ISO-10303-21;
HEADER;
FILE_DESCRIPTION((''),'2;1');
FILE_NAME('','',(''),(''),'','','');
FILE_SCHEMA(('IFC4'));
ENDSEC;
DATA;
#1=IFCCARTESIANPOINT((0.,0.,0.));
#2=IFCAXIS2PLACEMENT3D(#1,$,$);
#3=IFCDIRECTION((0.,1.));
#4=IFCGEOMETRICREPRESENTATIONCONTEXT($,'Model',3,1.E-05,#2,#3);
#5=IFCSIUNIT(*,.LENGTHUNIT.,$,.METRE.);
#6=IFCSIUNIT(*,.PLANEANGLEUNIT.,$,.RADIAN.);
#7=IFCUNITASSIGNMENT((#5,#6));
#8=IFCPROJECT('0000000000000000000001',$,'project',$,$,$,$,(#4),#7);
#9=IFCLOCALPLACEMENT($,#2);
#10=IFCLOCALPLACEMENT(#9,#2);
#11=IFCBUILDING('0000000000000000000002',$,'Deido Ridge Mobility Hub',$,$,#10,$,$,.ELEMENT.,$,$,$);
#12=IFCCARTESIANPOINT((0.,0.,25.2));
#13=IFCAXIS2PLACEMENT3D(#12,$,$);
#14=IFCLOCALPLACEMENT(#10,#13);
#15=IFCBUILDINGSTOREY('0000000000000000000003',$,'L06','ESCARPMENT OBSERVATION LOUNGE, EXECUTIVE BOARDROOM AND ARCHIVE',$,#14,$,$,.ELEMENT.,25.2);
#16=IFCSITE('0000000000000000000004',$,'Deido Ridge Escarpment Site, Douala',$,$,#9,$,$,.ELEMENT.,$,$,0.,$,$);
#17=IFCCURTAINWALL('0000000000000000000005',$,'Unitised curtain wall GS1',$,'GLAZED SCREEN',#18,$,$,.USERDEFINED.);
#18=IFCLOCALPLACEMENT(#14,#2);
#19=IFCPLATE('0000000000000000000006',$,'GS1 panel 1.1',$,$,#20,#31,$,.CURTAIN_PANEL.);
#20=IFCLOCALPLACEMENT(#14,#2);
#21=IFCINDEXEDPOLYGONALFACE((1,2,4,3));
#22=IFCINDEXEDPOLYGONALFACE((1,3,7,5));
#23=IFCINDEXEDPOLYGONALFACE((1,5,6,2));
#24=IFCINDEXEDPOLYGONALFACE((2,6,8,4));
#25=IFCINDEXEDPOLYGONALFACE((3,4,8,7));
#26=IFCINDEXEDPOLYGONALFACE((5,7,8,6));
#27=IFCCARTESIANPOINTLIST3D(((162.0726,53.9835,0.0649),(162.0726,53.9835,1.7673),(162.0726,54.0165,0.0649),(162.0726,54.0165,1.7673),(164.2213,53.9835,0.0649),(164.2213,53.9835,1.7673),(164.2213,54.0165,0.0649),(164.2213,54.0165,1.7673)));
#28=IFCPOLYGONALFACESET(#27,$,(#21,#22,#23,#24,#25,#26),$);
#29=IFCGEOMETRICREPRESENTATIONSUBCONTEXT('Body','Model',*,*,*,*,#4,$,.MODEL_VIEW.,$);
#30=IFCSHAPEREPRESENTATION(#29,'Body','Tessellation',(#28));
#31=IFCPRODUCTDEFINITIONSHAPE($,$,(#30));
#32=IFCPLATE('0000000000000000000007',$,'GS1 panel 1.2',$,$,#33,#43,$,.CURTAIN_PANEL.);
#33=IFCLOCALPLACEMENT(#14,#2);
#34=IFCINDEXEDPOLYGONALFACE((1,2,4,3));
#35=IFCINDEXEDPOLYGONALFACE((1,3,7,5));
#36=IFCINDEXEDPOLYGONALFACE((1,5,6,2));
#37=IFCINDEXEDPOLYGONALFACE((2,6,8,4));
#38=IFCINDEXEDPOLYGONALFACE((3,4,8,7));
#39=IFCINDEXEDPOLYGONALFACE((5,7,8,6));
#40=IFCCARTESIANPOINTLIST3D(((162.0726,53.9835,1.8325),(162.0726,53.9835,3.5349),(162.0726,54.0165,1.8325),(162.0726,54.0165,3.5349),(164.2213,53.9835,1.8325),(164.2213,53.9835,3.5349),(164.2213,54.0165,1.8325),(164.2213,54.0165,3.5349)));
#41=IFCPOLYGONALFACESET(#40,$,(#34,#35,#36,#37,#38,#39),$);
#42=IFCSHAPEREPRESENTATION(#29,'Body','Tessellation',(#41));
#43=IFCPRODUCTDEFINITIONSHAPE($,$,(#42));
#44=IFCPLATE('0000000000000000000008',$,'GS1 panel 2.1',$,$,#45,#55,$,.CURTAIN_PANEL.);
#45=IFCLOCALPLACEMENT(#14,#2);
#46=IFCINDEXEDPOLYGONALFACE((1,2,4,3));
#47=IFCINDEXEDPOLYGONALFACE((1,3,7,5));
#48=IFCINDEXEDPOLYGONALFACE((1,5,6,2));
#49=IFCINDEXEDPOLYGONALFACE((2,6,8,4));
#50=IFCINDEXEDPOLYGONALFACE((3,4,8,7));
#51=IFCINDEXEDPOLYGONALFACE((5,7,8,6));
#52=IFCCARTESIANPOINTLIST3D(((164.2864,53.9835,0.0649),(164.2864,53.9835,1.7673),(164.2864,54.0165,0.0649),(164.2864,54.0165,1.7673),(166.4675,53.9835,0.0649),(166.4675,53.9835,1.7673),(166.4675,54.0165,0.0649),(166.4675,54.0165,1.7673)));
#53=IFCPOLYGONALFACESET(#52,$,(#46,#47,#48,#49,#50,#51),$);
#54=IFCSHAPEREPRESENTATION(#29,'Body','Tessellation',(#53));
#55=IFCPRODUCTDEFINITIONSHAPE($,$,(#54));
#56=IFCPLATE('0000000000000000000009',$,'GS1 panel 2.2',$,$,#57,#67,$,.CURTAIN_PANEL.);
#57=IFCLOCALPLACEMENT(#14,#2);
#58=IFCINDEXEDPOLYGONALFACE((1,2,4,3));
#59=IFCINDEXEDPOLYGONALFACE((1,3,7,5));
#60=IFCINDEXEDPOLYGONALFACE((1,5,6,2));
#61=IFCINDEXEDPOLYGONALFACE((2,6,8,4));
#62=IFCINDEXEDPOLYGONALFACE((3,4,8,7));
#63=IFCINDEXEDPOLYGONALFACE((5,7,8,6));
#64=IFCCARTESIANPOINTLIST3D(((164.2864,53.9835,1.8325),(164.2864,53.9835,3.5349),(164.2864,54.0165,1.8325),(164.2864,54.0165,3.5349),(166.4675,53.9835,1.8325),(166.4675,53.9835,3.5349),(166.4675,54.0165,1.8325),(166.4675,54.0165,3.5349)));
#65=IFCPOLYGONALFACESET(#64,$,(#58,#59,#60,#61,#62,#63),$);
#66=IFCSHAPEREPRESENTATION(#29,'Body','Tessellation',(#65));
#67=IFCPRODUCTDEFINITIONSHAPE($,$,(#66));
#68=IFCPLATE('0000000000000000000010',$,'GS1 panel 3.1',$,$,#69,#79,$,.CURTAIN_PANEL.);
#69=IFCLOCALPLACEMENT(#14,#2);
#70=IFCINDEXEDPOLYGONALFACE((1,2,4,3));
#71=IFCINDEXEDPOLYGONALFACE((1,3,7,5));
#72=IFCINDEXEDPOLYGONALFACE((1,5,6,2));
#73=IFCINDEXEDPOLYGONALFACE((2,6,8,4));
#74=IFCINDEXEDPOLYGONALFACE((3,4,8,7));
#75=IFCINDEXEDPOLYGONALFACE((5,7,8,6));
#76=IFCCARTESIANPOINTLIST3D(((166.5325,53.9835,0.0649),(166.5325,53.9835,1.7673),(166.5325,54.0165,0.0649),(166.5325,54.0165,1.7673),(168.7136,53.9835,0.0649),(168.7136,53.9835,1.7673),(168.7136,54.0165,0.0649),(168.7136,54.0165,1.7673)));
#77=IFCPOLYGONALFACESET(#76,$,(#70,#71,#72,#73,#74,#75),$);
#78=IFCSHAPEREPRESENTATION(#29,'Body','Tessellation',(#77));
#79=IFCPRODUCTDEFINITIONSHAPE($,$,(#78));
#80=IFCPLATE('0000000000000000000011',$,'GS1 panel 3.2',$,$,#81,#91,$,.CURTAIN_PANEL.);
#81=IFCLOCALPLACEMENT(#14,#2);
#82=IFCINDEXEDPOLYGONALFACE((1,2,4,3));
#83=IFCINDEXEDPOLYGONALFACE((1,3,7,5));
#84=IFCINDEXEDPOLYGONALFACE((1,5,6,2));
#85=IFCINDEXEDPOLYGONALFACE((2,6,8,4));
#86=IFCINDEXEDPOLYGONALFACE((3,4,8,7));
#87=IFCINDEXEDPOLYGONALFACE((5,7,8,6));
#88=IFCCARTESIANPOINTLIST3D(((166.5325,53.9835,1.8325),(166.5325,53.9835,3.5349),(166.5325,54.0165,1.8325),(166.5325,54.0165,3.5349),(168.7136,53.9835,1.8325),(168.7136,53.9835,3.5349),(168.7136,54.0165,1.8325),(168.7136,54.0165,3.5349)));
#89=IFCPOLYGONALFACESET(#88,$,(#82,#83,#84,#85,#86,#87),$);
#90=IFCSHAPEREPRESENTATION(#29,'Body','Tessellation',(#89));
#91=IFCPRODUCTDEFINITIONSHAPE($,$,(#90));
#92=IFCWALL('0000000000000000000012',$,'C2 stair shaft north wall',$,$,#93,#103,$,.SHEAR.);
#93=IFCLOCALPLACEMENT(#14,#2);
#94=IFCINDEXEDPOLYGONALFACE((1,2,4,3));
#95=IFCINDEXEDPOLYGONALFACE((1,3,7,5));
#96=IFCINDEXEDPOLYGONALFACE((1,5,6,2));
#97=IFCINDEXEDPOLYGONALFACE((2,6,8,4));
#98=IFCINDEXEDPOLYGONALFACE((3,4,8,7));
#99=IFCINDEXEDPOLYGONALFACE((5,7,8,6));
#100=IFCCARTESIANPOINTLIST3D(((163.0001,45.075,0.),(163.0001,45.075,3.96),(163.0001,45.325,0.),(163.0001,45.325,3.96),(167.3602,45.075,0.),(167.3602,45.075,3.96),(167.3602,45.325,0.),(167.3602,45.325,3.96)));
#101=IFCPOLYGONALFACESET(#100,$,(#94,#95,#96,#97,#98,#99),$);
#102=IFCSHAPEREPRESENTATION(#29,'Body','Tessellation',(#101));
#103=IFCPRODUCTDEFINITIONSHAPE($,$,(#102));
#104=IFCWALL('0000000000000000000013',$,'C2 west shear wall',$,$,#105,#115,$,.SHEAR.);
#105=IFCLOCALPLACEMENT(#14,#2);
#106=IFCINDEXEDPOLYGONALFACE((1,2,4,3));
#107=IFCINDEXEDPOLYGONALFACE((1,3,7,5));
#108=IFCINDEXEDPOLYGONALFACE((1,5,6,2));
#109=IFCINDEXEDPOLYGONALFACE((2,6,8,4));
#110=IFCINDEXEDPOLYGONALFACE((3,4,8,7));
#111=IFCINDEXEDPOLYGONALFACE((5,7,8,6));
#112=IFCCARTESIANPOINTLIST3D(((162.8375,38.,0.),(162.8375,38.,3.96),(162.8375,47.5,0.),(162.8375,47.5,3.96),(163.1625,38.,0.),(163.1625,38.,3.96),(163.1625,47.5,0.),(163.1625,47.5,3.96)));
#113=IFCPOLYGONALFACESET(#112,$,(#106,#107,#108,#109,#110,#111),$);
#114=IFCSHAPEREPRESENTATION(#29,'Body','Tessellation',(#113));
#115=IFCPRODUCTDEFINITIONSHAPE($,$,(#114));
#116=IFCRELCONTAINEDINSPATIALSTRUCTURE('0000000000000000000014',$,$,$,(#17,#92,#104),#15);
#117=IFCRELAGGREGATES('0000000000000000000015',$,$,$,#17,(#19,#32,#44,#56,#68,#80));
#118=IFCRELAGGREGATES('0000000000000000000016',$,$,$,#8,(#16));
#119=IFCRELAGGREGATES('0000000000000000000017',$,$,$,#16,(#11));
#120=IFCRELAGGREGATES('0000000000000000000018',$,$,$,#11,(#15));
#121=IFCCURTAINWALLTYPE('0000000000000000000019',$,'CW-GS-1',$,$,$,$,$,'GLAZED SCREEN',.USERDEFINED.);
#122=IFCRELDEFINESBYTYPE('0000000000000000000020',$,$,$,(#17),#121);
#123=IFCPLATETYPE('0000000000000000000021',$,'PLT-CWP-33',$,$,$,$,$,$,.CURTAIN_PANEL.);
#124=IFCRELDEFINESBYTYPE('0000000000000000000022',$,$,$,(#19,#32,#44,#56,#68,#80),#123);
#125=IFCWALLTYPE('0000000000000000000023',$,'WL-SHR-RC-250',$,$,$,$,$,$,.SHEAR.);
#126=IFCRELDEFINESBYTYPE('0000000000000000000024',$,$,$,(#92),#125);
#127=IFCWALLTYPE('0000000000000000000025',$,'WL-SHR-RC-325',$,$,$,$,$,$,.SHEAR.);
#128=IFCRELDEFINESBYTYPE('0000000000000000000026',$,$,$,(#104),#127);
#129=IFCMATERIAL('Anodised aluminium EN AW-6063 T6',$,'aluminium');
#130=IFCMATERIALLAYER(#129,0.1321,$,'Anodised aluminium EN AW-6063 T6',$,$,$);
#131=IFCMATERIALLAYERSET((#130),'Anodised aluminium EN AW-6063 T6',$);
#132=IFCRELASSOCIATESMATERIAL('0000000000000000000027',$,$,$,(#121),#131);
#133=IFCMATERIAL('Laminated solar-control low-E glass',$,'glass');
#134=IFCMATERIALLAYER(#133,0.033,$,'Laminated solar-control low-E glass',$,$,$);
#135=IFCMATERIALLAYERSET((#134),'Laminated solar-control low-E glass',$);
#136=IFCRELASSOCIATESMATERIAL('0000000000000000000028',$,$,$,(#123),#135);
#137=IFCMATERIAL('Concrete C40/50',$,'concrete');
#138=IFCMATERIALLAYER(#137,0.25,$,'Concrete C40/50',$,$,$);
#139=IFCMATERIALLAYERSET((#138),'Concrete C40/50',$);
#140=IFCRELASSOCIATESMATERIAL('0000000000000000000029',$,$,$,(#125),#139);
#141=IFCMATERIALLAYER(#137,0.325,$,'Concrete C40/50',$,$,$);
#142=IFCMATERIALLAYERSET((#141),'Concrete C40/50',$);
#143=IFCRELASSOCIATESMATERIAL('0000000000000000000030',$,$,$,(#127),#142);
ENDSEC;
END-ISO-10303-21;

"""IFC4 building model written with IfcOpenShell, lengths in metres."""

from ifc_helpers import new_model, si_unit, direction, frame, frame_2d, origin, origin_2d, place, context, subcontext, project, spatial, rectangle, extrude, material, layer, layer_set, type_object, element, aggregate, save


model = new_model("IFC4")

# Units and contexts
model_context = context("Model", 3, precision=1e-05, world=origin(), true_north=direction((0.0, 1.0)))
body_context = subcontext(model_context, "Body", "Model", "MODEL_VIEW")
ifc_project = project(units=[si_unit("LENGTHUNIT", "METRE"), si_unit("PLANEANGLEUNIT", "RADIAN")], contexts=[model_context])

# Site, building, storey
site_placement = place(None, origin())
site = spatial("IfcSite", under=ifc_project, at=site_placement, Name="Deido Ridge Escarpment Site, Douala", CompositionType="ELEMENT", RefElevation=0.0)
building_placement = place(site_placement, origin())
building = spatial("IfcBuilding", under=site, at=building_placement, Name="Deido Ridge Mobility Hub", CompositionType="ELEMENT")
storey_placement = place(building_placement, frame((0.0, 0.0, 25.2)))
storey = spatial("IfcBuildingStorey", under=building, at=storey_placement, Name="L06", Description="ESCARPMENT OBSERVATION LOUNGE, EXECUTIVE BOARDROOM AND ARCHIVE", CompositionType="ELEMENT", Elevation=25.2)

# Curtain wall
ifc_material_1 = material(Name="Anodised aluminium EN AW-6063 T6", Category="aluminium")
ifc_layer_1 = layer(ifc_material_1, 0.1321, Name="Anodised aluminium EN AW-6063 T6")
ifc_layer_set_1 = layer_set([ifc_layer_1], Name="Anodised aluminium EN AW-6063 T6")
curtain_wall_type = type_object("IfcCurtainWallType", Name="CW-GS-1", ElementType="GLAZED SCREEN", PredefinedType="USERDEFINED", material=ifc_layer_set_1)
curtain_wall_placement = place(storey_placement, origin())
curtain_wall = element("IfcCurtainWall", 1, at=curtain_wall_placement, inside=storey, type_object=curtain_wall_type, Name="Unitised curtain wall GS1", ObjectType="GLAZED SCREEN", PredefinedType="USERDEFINED")

# Plates
ifc_material_2 = material(Name="Laminated solar-control low-E glass", Category="glass")
ifc_layer_2 = layer(ifc_material_2, 0.033, Name="Laminated solar-control low-E glass")
ifc_layer_set_2 = layer_set([ifc_layer_2], Name="Laminated solar-control low-E glass")
plate_type = type_object("IfcPlateType", Name="PLT-CWP-33", PredefinedType="CURTAIN_PANEL", material=ifc_layer_set_2)
plate_1_placement = place(storey_placement, frame((163.147, 54.0, 0.0649), z_axis=(0.0, 0.0, 1.0), x_axis=(1.0, 0.0, 0.0)))
plate_1 = element("IfcPlate", 2, at=plate_1_placement, type_object=plate_type, Name="GS1 panel 1.1", PredefinedType="CURTAIN_PANEL", context=body_context, shape_type="SweptSolid", body=[
    extrude(rectangle(XDim=2.1487, YDim=0.033, at=origin_2d()), origin(), (0.0, 0.0, 1.0), 1.7024),
])
plate_2_placement = place(storey_placement, frame((163.147, 54.0, 1.8325), z_axis=(0.0, 0.0, 1.0), x_axis=(1.0, 0.0, 0.0)))
plate_2 = element("IfcPlate", 3, at=plate_2_placement, type_object=plate_type, Name="GS1 panel 1.2", PredefinedType="CURTAIN_PANEL", context=body_context, shape_type="SweptSolid", body=[
    extrude(rectangle(XDim=2.1487, YDim=0.033, at=origin_2d()), origin(), (0.0, 0.0, 1.0), 1.7024),
])
plate_3_placement = place(storey_placement, frame((165.377, 54.0, 0.0649), z_axis=(0.0, 0.0, 1.0), x_axis=(1.0, 0.0, 0.0)))
plate_3 = element("IfcPlate", 4, at=plate_3_placement, type_object=plate_type, Name="GS1 panel 2.1", PredefinedType="CURTAIN_PANEL", context=body_context, shape_type="SweptSolid", body=[
    extrude(rectangle(XDim=2.1812, YDim=0.033, at=origin_2d()), origin(), (0.0, 0.0, 1.0), 1.7024),
])
plate_4_placement = place(storey_placement, frame((165.377, 54.0, 1.8325), z_axis=(0.0, 0.0, 1.0), x_axis=(1.0, 0.0, 0.0)))
plate_4 = element("IfcPlate", 5, at=plate_4_placement, type_object=plate_type, Name="GS1 panel 2.2", PredefinedType="CURTAIN_PANEL", context=body_context, shape_type="SweptSolid", body=[
    extrude(rectangle(XDim=2.1812, YDim=0.033, at=origin_2d()), origin(), (0.0, 0.0, 1.0), 1.7024),
])
plate_5_placement = place(storey_placement, frame((167.623, 54.0, 0.0649), z_axis=(0.0, 0.0, 1.0), x_axis=(1.0, 0.0, 0.0)))
plate_5 = element("IfcPlate", 6, at=plate_5_placement, type_object=plate_type, Name="GS1 panel 3.1", PredefinedType="CURTAIN_PANEL", context=body_context, shape_type="SweptSolid", body=[
    extrude(rectangle(XDim=2.1812, YDim=0.033, at=origin_2d()), origin(), (0.0, 0.0, 1.0), 1.7024),
])
plate_6_placement = place(storey_placement, frame((167.623, 54.0, 1.8325), z_axis=(0.0, 0.0, 1.0), x_axis=(1.0, 0.0, 0.0)))
plate_6 = element("IfcPlate", 7, at=plate_6_placement, type_object=plate_type, Name="GS1 panel 3.2", PredefinedType="CURTAIN_PANEL", context=body_context, shape_type="SweptSolid", body=[
    extrude(rectangle(XDim=2.1812, YDim=0.033, at=origin_2d()), origin(), (0.0, 0.0, 1.0), 1.7024),
])
aggregate(curtain_wall, [plate_1, plate_2, plate_3, plate_4, plate_5, plate_6])

# Walls
ifc_material_3 = material(Name="Concrete C40/50", Category="concrete")
ifc_layer_3 = layer(ifc_material_3, 0.25, Name="Concrete C40/50")
ifc_layer_set_3 = layer_set([ifc_layer_3], Name="Concrete C40/50")
wall_type_1 = type_object("IfcWallType", Name="WL-SHR-RC-250", PredefinedType="SHEAR", material=ifc_layer_set_3)
wall_1_placement = place(storey_placement, frame((163.0, 45.2, 0.0), z_axis=(0.0, 0.0, 1.0), x_axis=(1.0, 0.0, 0.0)))
element("IfcWall", 8, at=wall_1_placement, inside=storey, type_object=wall_type_1, Name="C2 stair shaft north wall", PredefinedType="SHEAR", context=body_context, shape_type="SweptSolid", body=[
    extrude(rectangle(XDim=4.3601, YDim=0.25, at=frame_2d((2.1802, 0.0))), origin(), (0.0, 0.0, 1.0), 3.96),
])
ifc_layer_4 = layer(ifc_material_3, 0.325, Name="Concrete C40/50")
ifc_layer_set_4 = layer_set([ifc_layer_4], Name="Concrete C40/50")
wall_type_2 = type_object("IfcWallType", Name="WL-SHR-RC-325", PredefinedType="SHEAR", material=ifc_layer_set_4)
wall_2_placement = place(storey_placement, frame((163.0, 47.5, 0.0), z_axis=(0.0, 0.0, 1.0), x_axis=(0.0, -1.0, 0.0)))
element("IfcWall", 9, at=wall_2_placement, inside=storey, type_object=wall_type_2, Name="C2 west shear wall", PredefinedType="SHEAR", context=body_context, shape_type="SweptSolid", body=[
    extrude(rectangle(XDim=9.5, YDim=0.325, at=frame_2d((4.75, 0.0))), origin(), (0.0, 0.0, 1.0), 3.96),
])

save(model, "model.ifc")
